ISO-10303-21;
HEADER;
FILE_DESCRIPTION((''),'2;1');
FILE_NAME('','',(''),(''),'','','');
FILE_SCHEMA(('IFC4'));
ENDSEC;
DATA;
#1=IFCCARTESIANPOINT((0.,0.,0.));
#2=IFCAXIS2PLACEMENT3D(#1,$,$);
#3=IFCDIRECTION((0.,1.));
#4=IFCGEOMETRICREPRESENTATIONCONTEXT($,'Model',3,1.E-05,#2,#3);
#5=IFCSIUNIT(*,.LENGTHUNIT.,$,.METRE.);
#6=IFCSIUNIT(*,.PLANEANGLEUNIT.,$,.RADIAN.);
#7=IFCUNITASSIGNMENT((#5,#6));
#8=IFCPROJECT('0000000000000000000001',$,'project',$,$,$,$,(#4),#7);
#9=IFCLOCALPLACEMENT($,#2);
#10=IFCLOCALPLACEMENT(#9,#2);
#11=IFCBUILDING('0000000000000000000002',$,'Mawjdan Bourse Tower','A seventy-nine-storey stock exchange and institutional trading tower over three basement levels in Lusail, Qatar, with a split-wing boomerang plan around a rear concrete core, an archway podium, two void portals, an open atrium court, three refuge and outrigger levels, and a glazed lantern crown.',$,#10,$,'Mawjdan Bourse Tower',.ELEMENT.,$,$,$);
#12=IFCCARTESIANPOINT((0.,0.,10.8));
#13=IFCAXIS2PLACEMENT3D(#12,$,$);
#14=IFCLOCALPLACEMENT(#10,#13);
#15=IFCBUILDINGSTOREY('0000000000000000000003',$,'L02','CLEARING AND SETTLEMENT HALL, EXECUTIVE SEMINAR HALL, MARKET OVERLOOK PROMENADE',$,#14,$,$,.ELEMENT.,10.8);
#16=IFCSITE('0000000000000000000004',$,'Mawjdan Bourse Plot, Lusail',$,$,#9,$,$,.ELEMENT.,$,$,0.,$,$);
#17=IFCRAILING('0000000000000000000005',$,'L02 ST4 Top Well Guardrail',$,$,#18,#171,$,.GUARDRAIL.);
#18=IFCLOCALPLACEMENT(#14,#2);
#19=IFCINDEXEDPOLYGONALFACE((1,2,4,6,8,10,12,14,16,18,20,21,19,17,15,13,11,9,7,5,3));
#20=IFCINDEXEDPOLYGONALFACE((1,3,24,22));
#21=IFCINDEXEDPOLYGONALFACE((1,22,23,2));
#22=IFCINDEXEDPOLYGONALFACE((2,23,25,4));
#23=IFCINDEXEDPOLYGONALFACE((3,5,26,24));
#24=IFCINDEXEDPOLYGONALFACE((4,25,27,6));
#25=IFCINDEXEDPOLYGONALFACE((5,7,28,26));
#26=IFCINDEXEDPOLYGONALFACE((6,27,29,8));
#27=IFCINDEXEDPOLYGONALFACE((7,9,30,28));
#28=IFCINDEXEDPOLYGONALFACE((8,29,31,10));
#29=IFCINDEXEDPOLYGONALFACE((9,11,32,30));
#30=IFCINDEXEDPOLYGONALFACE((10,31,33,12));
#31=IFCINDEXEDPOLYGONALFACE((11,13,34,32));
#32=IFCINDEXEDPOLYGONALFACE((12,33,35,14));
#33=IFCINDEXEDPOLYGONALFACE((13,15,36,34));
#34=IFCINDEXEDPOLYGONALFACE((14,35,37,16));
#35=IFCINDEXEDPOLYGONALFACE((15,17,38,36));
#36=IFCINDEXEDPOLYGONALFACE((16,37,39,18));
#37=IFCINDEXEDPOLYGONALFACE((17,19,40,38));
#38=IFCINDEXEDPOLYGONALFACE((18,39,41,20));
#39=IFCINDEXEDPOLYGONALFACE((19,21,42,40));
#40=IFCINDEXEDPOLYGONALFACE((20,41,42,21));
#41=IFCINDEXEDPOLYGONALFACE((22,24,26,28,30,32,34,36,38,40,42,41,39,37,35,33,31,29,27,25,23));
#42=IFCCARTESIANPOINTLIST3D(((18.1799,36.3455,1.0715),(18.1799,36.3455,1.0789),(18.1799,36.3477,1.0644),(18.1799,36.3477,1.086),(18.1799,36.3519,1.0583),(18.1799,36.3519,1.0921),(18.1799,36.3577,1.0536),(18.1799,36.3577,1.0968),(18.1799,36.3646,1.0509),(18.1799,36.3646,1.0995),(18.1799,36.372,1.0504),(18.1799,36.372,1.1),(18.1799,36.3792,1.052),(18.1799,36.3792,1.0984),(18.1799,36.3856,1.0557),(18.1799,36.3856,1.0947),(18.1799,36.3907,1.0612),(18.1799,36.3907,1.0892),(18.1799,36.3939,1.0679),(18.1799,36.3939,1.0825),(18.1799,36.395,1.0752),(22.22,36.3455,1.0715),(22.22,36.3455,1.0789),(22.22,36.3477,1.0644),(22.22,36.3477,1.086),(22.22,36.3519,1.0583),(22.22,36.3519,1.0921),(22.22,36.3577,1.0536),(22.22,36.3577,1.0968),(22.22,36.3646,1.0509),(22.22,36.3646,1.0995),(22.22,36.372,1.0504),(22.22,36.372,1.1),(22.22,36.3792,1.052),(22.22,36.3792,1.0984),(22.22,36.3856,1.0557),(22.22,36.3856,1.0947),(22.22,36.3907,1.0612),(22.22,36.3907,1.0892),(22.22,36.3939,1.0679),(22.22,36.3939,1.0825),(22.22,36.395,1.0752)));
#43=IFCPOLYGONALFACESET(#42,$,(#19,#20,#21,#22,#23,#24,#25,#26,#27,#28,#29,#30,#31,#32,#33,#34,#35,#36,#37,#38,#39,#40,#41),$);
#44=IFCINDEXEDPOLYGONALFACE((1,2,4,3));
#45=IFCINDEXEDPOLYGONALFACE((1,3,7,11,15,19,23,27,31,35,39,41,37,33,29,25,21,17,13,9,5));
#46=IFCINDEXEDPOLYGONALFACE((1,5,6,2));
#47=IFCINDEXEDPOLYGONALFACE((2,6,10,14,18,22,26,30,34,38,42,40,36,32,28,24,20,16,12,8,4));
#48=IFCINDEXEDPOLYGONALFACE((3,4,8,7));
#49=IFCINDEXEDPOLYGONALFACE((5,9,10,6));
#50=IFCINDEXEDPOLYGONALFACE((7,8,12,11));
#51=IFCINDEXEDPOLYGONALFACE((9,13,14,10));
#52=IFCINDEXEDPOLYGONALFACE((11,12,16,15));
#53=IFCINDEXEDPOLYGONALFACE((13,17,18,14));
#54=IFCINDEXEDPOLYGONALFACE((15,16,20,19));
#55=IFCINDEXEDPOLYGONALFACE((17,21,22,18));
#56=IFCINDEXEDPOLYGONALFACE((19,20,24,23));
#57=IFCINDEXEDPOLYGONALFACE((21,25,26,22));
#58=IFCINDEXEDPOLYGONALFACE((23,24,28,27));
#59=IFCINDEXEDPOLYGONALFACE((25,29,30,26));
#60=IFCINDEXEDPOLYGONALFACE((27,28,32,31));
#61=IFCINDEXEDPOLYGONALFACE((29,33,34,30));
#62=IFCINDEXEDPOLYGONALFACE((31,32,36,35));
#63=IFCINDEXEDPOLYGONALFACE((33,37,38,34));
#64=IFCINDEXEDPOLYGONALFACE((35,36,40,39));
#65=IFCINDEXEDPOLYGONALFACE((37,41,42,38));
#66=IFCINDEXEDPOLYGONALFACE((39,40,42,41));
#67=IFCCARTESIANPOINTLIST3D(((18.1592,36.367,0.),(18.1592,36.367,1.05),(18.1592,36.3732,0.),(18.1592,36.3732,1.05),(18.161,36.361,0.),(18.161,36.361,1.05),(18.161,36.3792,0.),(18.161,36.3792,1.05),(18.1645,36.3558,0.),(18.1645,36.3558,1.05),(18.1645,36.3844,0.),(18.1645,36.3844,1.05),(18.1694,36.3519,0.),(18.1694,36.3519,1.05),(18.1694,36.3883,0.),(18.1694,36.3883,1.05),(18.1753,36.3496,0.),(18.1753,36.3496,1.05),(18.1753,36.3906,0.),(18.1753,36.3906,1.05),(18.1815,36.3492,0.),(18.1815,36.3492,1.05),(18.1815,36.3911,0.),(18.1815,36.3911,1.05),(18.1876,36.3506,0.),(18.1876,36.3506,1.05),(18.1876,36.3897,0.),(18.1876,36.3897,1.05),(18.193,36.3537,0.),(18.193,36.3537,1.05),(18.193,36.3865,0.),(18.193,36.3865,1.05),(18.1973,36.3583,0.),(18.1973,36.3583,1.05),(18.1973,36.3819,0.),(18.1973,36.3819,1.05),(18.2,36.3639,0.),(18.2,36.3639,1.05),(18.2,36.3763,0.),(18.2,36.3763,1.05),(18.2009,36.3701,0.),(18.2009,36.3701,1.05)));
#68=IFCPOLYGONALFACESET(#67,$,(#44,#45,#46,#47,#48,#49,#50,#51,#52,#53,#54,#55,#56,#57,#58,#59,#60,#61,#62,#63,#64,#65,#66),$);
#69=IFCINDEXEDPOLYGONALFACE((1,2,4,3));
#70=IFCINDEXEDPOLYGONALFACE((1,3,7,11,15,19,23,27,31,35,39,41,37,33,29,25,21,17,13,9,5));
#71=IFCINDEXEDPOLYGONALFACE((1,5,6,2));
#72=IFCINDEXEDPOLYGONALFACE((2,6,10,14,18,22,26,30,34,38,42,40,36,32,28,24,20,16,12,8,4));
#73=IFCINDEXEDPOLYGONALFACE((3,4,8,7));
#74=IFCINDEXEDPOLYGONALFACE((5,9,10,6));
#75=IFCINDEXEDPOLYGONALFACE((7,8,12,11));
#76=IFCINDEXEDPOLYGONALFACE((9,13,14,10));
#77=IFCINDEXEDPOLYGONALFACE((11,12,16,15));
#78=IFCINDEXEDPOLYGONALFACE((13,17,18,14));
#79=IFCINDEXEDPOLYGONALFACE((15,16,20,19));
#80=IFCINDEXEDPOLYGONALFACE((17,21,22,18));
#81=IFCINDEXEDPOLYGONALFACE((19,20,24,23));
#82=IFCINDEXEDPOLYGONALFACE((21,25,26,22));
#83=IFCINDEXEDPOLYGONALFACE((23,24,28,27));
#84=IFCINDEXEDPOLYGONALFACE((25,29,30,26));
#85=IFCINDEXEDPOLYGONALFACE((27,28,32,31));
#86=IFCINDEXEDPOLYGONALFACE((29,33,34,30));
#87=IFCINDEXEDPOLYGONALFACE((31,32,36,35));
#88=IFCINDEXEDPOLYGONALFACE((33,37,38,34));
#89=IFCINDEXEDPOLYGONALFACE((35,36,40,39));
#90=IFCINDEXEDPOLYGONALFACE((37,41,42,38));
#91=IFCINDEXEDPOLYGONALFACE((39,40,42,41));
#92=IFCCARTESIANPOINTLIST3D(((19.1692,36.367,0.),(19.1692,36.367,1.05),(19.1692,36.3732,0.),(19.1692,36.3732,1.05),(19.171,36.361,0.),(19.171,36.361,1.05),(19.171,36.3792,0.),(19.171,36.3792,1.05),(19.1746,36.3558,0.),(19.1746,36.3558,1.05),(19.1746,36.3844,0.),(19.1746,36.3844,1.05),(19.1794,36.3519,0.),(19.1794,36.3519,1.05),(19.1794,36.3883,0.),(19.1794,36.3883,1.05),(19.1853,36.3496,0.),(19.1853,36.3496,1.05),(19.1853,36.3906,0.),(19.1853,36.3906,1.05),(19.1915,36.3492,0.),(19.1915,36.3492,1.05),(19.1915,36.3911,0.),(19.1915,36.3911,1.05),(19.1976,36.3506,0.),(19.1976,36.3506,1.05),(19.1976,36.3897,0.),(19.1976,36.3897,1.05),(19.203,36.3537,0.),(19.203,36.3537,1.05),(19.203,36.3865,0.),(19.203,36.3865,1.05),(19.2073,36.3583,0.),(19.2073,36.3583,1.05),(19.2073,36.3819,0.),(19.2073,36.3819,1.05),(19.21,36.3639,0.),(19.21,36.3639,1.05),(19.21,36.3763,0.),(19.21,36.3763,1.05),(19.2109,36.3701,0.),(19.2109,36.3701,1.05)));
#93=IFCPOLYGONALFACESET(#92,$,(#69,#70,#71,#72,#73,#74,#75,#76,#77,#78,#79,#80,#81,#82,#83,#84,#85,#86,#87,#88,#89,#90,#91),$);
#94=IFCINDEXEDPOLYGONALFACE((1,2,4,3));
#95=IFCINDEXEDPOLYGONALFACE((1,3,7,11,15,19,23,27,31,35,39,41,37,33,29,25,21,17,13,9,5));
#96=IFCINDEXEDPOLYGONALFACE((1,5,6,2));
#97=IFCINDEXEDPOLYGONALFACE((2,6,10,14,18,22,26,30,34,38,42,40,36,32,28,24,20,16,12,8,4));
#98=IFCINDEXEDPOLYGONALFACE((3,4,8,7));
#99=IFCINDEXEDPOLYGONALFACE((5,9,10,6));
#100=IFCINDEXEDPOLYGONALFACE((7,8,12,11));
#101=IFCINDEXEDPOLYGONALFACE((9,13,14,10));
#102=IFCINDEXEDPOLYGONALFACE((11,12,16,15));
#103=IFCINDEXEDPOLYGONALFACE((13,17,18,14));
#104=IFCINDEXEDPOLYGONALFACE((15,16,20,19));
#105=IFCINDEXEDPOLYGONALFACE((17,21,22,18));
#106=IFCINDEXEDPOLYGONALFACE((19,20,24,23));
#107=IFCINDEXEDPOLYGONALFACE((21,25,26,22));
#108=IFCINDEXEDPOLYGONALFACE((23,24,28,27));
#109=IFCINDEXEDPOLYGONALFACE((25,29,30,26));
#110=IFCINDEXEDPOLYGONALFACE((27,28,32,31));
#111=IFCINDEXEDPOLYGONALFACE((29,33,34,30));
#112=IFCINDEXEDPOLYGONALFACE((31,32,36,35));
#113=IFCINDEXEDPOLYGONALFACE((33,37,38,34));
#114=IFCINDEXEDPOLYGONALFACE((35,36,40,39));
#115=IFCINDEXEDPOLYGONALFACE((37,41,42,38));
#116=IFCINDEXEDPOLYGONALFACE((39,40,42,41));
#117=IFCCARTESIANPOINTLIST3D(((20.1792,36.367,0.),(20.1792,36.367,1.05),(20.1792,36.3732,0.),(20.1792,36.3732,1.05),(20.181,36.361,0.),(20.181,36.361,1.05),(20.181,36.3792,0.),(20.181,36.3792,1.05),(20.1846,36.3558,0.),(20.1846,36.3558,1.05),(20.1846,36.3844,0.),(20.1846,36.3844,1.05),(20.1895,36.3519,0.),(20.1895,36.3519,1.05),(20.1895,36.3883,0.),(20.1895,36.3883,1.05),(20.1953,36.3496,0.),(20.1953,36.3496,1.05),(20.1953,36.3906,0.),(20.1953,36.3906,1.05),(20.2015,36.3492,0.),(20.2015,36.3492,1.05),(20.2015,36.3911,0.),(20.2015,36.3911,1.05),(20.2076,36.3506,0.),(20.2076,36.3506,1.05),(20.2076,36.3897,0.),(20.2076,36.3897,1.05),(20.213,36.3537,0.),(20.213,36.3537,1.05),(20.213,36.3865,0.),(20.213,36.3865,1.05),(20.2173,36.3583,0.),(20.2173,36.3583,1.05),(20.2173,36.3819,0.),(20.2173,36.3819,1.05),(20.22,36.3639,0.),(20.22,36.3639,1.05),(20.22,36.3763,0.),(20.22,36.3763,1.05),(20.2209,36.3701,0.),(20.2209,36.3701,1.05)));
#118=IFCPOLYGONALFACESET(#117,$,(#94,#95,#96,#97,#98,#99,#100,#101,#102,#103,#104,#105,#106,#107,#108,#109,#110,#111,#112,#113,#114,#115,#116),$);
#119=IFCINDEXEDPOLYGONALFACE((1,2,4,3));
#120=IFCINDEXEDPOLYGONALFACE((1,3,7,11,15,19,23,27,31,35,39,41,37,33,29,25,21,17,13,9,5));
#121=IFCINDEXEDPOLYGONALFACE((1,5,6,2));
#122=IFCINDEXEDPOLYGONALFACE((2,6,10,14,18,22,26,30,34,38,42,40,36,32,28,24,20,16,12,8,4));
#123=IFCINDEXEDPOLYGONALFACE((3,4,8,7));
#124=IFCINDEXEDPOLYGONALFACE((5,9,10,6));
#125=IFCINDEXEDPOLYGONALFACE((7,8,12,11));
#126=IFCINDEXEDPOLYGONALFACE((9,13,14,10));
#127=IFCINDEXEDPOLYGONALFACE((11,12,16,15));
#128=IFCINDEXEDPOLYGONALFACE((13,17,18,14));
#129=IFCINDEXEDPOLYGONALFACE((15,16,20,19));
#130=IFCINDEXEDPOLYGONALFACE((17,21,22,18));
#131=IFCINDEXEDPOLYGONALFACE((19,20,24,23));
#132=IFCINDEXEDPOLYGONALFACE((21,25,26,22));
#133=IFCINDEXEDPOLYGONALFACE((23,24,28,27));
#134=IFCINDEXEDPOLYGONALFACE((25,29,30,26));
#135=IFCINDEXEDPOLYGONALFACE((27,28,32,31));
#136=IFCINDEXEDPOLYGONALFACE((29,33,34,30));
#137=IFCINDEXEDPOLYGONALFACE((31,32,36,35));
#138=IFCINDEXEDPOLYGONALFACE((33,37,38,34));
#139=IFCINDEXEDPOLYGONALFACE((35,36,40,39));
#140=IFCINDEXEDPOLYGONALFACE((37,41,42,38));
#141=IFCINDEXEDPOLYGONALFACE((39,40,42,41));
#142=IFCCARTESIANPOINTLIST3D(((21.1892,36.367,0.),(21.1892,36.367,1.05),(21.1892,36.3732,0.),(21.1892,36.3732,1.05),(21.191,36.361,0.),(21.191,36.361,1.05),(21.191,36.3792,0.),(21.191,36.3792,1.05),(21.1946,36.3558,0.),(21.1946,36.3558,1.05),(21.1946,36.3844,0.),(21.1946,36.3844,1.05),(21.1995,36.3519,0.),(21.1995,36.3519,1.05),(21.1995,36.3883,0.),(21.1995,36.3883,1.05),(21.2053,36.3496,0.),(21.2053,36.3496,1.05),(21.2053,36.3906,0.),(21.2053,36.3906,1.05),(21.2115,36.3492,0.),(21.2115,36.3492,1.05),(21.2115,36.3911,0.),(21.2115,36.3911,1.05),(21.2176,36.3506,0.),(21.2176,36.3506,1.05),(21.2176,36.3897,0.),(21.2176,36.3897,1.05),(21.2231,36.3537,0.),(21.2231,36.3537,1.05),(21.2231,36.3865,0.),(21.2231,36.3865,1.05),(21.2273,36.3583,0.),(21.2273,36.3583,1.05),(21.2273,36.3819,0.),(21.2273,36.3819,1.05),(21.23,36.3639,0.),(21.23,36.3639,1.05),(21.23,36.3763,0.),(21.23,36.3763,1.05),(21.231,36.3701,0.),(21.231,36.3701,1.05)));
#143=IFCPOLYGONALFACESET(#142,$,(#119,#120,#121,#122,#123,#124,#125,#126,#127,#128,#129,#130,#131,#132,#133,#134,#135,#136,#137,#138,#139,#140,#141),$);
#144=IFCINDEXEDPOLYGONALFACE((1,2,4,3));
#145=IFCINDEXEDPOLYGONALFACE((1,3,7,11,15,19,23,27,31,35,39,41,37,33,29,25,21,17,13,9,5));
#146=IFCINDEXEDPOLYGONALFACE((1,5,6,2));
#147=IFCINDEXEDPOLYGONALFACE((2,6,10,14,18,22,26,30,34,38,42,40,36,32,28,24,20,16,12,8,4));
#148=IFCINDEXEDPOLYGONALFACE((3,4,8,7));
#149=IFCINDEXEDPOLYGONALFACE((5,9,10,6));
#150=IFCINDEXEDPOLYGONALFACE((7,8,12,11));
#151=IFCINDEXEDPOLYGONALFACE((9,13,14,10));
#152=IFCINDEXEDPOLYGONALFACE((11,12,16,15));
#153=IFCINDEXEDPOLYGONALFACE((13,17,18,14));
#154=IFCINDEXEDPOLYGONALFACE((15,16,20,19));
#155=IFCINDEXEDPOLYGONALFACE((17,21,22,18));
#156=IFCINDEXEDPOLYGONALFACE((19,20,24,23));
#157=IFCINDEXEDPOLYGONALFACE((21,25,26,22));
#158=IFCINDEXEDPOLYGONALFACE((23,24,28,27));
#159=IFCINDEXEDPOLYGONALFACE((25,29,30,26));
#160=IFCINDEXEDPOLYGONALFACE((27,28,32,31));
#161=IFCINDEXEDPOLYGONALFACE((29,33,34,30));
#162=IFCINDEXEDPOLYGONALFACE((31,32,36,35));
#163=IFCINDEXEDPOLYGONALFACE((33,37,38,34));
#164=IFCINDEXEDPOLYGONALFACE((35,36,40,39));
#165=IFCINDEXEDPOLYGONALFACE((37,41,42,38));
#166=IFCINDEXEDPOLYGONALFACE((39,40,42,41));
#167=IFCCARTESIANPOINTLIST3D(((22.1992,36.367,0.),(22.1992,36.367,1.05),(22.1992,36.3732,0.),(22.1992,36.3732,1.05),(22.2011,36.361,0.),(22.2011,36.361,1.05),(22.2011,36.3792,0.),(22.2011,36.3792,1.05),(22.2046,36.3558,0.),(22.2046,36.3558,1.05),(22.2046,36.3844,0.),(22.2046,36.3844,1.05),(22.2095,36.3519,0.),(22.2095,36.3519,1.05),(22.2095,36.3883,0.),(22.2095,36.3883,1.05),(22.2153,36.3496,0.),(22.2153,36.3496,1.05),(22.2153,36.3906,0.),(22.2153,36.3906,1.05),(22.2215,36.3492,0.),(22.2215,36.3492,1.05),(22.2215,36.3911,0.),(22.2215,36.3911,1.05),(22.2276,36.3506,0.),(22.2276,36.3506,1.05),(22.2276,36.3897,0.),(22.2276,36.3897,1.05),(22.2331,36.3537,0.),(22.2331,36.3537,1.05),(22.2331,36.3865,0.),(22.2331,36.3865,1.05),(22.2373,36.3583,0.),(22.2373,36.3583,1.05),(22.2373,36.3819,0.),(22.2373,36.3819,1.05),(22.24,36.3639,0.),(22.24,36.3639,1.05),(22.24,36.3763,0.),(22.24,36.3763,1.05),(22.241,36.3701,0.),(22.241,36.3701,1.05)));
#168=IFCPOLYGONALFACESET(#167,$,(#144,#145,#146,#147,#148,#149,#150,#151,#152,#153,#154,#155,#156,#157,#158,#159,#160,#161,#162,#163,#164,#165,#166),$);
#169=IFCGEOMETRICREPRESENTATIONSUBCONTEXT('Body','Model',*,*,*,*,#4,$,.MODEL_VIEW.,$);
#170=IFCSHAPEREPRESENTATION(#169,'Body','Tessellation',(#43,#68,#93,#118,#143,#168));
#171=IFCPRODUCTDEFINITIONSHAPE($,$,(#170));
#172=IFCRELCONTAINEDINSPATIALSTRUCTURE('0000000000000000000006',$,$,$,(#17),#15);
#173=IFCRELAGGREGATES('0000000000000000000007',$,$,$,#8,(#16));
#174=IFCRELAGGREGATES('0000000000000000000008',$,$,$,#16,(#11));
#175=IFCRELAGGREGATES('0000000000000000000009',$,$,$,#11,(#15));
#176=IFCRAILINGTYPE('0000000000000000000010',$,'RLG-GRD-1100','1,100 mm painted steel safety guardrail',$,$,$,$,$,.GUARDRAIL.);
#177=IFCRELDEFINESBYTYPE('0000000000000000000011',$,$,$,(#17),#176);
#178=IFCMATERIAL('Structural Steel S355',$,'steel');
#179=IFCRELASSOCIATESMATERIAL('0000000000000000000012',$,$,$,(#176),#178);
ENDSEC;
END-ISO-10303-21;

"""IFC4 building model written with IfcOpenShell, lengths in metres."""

from ifc_helpers import new_model, si_unit, direction, frame, origin, origin_2d, place, context, subcontext, project, spatial, circle, extrude, material, type_object, element, save


model = new_model("IFC4")

# Units and contexts
model_context = context("Model", 3, precision=1e-05, world=origin(), true_north=direction((0.0, 1.0)))
body_context = subcontext(model_context, "Body", "Model", "MODEL_VIEW")
ifc_project = project(units=[si_unit("LENGTHUNIT", "METRE"), si_unit("PLANEANGLEUNIT", "RADIAN")], contexts=[model_context])

# Site, building, storey
site_placement = place(None, origin())
site = spatial("IfcSite", under=ifc_project, at=site_placement, Name="Mawjdan Bourse Plot, Lusail", CompositionType="ELEMENT", RefElevation=0.0)
building_placement = place(site_placement, origin())
building = spatial("IfcBuilding", under=site, at=building_placement, Name="Mawjdan Bourse Tower", Description="A seventy-nine-storey stock exchange and institutional trading tower over three basement levels in Lusail, Qatar, with a split-wing boomerang plan around a rear concrete core, an archway podium, two void portals, an open atrium court, three refuge and outrigger levels, and a glazed lantern crown.", LongName="Mawjdan Bourse Tower", CompositionType="ELEMENT")
storey_placement = place(building_placement, frame((0.0, 0.0, 10.8)))
storey = spatial("IfcBuildingStorey", under=building, at=storey_placement, Name="L02", Description="CLEARING AND SETTLEMENT HALL, EXECUTIVE SEMINAR HALL, MARKET OVERLOOK PROMENADE", CompositionType="ELEMENT", Elevation=10.8)

# Shared definitions
ifc_material_1 = material(Name="Structural Steel S355", Category="steel")

# Railing
railing_type_1 = type_object("IfcRailingType", Name="RLG-GRD-1100", Description="1,100 mm painted steel safety guardrail", PredefinedType="GUARDRAIL", material=ifc_material_1)
railing_1_placement = place(storey_placement, frame((18.1799, 36.3701, 0.0)))
element("IfcRailing", 1, at=railing_1_placement, inside=storey, type_object=railing_type_1, Name="L02 ST4 Top Well Guardrail", PredefinedType="GUARDRAIL", context=body_context, shape_type="SweptSolid", body=[
    extrude(circle(Radius=0.0249, at=origin_2d()), frame((0.0, 0.0, 1.0752), z_axis=(1.0, 0.0, 0.0), x_axis=(0.0, 1.0, 0.0)), (0.0, 0.0, 1.0), 4.04),
    extrude(circle(Radius=0.021, at=origin_2d()), origin(), (0.0, 0.0, 1.0), 1.05),
    extrude(circle(Radius=0.021, at=origin_2d()), frame((1.01, 0.0, 0.0)), (0.0, 0.0, 1.0), 1.05),
    extrude(circle(Radius=0.021, at=origin_2d()), frame((2.02, 0.0, 0.0)), (0.0, 0.0, 1.0), 1.05),
    extrude(circle(Radius=0.021, at=origin_2d()), frame((3.03, 0.0, 0.0)), (0.0, 0.0, 1.0), 1.05),
    extrude(circle(Radius=0.021, at=origin_2d()), frame((4.04, 0.0, 0.0)), (0.0, 0.0, 1.0), 1.05),
])

save(model, "model.ifc")
